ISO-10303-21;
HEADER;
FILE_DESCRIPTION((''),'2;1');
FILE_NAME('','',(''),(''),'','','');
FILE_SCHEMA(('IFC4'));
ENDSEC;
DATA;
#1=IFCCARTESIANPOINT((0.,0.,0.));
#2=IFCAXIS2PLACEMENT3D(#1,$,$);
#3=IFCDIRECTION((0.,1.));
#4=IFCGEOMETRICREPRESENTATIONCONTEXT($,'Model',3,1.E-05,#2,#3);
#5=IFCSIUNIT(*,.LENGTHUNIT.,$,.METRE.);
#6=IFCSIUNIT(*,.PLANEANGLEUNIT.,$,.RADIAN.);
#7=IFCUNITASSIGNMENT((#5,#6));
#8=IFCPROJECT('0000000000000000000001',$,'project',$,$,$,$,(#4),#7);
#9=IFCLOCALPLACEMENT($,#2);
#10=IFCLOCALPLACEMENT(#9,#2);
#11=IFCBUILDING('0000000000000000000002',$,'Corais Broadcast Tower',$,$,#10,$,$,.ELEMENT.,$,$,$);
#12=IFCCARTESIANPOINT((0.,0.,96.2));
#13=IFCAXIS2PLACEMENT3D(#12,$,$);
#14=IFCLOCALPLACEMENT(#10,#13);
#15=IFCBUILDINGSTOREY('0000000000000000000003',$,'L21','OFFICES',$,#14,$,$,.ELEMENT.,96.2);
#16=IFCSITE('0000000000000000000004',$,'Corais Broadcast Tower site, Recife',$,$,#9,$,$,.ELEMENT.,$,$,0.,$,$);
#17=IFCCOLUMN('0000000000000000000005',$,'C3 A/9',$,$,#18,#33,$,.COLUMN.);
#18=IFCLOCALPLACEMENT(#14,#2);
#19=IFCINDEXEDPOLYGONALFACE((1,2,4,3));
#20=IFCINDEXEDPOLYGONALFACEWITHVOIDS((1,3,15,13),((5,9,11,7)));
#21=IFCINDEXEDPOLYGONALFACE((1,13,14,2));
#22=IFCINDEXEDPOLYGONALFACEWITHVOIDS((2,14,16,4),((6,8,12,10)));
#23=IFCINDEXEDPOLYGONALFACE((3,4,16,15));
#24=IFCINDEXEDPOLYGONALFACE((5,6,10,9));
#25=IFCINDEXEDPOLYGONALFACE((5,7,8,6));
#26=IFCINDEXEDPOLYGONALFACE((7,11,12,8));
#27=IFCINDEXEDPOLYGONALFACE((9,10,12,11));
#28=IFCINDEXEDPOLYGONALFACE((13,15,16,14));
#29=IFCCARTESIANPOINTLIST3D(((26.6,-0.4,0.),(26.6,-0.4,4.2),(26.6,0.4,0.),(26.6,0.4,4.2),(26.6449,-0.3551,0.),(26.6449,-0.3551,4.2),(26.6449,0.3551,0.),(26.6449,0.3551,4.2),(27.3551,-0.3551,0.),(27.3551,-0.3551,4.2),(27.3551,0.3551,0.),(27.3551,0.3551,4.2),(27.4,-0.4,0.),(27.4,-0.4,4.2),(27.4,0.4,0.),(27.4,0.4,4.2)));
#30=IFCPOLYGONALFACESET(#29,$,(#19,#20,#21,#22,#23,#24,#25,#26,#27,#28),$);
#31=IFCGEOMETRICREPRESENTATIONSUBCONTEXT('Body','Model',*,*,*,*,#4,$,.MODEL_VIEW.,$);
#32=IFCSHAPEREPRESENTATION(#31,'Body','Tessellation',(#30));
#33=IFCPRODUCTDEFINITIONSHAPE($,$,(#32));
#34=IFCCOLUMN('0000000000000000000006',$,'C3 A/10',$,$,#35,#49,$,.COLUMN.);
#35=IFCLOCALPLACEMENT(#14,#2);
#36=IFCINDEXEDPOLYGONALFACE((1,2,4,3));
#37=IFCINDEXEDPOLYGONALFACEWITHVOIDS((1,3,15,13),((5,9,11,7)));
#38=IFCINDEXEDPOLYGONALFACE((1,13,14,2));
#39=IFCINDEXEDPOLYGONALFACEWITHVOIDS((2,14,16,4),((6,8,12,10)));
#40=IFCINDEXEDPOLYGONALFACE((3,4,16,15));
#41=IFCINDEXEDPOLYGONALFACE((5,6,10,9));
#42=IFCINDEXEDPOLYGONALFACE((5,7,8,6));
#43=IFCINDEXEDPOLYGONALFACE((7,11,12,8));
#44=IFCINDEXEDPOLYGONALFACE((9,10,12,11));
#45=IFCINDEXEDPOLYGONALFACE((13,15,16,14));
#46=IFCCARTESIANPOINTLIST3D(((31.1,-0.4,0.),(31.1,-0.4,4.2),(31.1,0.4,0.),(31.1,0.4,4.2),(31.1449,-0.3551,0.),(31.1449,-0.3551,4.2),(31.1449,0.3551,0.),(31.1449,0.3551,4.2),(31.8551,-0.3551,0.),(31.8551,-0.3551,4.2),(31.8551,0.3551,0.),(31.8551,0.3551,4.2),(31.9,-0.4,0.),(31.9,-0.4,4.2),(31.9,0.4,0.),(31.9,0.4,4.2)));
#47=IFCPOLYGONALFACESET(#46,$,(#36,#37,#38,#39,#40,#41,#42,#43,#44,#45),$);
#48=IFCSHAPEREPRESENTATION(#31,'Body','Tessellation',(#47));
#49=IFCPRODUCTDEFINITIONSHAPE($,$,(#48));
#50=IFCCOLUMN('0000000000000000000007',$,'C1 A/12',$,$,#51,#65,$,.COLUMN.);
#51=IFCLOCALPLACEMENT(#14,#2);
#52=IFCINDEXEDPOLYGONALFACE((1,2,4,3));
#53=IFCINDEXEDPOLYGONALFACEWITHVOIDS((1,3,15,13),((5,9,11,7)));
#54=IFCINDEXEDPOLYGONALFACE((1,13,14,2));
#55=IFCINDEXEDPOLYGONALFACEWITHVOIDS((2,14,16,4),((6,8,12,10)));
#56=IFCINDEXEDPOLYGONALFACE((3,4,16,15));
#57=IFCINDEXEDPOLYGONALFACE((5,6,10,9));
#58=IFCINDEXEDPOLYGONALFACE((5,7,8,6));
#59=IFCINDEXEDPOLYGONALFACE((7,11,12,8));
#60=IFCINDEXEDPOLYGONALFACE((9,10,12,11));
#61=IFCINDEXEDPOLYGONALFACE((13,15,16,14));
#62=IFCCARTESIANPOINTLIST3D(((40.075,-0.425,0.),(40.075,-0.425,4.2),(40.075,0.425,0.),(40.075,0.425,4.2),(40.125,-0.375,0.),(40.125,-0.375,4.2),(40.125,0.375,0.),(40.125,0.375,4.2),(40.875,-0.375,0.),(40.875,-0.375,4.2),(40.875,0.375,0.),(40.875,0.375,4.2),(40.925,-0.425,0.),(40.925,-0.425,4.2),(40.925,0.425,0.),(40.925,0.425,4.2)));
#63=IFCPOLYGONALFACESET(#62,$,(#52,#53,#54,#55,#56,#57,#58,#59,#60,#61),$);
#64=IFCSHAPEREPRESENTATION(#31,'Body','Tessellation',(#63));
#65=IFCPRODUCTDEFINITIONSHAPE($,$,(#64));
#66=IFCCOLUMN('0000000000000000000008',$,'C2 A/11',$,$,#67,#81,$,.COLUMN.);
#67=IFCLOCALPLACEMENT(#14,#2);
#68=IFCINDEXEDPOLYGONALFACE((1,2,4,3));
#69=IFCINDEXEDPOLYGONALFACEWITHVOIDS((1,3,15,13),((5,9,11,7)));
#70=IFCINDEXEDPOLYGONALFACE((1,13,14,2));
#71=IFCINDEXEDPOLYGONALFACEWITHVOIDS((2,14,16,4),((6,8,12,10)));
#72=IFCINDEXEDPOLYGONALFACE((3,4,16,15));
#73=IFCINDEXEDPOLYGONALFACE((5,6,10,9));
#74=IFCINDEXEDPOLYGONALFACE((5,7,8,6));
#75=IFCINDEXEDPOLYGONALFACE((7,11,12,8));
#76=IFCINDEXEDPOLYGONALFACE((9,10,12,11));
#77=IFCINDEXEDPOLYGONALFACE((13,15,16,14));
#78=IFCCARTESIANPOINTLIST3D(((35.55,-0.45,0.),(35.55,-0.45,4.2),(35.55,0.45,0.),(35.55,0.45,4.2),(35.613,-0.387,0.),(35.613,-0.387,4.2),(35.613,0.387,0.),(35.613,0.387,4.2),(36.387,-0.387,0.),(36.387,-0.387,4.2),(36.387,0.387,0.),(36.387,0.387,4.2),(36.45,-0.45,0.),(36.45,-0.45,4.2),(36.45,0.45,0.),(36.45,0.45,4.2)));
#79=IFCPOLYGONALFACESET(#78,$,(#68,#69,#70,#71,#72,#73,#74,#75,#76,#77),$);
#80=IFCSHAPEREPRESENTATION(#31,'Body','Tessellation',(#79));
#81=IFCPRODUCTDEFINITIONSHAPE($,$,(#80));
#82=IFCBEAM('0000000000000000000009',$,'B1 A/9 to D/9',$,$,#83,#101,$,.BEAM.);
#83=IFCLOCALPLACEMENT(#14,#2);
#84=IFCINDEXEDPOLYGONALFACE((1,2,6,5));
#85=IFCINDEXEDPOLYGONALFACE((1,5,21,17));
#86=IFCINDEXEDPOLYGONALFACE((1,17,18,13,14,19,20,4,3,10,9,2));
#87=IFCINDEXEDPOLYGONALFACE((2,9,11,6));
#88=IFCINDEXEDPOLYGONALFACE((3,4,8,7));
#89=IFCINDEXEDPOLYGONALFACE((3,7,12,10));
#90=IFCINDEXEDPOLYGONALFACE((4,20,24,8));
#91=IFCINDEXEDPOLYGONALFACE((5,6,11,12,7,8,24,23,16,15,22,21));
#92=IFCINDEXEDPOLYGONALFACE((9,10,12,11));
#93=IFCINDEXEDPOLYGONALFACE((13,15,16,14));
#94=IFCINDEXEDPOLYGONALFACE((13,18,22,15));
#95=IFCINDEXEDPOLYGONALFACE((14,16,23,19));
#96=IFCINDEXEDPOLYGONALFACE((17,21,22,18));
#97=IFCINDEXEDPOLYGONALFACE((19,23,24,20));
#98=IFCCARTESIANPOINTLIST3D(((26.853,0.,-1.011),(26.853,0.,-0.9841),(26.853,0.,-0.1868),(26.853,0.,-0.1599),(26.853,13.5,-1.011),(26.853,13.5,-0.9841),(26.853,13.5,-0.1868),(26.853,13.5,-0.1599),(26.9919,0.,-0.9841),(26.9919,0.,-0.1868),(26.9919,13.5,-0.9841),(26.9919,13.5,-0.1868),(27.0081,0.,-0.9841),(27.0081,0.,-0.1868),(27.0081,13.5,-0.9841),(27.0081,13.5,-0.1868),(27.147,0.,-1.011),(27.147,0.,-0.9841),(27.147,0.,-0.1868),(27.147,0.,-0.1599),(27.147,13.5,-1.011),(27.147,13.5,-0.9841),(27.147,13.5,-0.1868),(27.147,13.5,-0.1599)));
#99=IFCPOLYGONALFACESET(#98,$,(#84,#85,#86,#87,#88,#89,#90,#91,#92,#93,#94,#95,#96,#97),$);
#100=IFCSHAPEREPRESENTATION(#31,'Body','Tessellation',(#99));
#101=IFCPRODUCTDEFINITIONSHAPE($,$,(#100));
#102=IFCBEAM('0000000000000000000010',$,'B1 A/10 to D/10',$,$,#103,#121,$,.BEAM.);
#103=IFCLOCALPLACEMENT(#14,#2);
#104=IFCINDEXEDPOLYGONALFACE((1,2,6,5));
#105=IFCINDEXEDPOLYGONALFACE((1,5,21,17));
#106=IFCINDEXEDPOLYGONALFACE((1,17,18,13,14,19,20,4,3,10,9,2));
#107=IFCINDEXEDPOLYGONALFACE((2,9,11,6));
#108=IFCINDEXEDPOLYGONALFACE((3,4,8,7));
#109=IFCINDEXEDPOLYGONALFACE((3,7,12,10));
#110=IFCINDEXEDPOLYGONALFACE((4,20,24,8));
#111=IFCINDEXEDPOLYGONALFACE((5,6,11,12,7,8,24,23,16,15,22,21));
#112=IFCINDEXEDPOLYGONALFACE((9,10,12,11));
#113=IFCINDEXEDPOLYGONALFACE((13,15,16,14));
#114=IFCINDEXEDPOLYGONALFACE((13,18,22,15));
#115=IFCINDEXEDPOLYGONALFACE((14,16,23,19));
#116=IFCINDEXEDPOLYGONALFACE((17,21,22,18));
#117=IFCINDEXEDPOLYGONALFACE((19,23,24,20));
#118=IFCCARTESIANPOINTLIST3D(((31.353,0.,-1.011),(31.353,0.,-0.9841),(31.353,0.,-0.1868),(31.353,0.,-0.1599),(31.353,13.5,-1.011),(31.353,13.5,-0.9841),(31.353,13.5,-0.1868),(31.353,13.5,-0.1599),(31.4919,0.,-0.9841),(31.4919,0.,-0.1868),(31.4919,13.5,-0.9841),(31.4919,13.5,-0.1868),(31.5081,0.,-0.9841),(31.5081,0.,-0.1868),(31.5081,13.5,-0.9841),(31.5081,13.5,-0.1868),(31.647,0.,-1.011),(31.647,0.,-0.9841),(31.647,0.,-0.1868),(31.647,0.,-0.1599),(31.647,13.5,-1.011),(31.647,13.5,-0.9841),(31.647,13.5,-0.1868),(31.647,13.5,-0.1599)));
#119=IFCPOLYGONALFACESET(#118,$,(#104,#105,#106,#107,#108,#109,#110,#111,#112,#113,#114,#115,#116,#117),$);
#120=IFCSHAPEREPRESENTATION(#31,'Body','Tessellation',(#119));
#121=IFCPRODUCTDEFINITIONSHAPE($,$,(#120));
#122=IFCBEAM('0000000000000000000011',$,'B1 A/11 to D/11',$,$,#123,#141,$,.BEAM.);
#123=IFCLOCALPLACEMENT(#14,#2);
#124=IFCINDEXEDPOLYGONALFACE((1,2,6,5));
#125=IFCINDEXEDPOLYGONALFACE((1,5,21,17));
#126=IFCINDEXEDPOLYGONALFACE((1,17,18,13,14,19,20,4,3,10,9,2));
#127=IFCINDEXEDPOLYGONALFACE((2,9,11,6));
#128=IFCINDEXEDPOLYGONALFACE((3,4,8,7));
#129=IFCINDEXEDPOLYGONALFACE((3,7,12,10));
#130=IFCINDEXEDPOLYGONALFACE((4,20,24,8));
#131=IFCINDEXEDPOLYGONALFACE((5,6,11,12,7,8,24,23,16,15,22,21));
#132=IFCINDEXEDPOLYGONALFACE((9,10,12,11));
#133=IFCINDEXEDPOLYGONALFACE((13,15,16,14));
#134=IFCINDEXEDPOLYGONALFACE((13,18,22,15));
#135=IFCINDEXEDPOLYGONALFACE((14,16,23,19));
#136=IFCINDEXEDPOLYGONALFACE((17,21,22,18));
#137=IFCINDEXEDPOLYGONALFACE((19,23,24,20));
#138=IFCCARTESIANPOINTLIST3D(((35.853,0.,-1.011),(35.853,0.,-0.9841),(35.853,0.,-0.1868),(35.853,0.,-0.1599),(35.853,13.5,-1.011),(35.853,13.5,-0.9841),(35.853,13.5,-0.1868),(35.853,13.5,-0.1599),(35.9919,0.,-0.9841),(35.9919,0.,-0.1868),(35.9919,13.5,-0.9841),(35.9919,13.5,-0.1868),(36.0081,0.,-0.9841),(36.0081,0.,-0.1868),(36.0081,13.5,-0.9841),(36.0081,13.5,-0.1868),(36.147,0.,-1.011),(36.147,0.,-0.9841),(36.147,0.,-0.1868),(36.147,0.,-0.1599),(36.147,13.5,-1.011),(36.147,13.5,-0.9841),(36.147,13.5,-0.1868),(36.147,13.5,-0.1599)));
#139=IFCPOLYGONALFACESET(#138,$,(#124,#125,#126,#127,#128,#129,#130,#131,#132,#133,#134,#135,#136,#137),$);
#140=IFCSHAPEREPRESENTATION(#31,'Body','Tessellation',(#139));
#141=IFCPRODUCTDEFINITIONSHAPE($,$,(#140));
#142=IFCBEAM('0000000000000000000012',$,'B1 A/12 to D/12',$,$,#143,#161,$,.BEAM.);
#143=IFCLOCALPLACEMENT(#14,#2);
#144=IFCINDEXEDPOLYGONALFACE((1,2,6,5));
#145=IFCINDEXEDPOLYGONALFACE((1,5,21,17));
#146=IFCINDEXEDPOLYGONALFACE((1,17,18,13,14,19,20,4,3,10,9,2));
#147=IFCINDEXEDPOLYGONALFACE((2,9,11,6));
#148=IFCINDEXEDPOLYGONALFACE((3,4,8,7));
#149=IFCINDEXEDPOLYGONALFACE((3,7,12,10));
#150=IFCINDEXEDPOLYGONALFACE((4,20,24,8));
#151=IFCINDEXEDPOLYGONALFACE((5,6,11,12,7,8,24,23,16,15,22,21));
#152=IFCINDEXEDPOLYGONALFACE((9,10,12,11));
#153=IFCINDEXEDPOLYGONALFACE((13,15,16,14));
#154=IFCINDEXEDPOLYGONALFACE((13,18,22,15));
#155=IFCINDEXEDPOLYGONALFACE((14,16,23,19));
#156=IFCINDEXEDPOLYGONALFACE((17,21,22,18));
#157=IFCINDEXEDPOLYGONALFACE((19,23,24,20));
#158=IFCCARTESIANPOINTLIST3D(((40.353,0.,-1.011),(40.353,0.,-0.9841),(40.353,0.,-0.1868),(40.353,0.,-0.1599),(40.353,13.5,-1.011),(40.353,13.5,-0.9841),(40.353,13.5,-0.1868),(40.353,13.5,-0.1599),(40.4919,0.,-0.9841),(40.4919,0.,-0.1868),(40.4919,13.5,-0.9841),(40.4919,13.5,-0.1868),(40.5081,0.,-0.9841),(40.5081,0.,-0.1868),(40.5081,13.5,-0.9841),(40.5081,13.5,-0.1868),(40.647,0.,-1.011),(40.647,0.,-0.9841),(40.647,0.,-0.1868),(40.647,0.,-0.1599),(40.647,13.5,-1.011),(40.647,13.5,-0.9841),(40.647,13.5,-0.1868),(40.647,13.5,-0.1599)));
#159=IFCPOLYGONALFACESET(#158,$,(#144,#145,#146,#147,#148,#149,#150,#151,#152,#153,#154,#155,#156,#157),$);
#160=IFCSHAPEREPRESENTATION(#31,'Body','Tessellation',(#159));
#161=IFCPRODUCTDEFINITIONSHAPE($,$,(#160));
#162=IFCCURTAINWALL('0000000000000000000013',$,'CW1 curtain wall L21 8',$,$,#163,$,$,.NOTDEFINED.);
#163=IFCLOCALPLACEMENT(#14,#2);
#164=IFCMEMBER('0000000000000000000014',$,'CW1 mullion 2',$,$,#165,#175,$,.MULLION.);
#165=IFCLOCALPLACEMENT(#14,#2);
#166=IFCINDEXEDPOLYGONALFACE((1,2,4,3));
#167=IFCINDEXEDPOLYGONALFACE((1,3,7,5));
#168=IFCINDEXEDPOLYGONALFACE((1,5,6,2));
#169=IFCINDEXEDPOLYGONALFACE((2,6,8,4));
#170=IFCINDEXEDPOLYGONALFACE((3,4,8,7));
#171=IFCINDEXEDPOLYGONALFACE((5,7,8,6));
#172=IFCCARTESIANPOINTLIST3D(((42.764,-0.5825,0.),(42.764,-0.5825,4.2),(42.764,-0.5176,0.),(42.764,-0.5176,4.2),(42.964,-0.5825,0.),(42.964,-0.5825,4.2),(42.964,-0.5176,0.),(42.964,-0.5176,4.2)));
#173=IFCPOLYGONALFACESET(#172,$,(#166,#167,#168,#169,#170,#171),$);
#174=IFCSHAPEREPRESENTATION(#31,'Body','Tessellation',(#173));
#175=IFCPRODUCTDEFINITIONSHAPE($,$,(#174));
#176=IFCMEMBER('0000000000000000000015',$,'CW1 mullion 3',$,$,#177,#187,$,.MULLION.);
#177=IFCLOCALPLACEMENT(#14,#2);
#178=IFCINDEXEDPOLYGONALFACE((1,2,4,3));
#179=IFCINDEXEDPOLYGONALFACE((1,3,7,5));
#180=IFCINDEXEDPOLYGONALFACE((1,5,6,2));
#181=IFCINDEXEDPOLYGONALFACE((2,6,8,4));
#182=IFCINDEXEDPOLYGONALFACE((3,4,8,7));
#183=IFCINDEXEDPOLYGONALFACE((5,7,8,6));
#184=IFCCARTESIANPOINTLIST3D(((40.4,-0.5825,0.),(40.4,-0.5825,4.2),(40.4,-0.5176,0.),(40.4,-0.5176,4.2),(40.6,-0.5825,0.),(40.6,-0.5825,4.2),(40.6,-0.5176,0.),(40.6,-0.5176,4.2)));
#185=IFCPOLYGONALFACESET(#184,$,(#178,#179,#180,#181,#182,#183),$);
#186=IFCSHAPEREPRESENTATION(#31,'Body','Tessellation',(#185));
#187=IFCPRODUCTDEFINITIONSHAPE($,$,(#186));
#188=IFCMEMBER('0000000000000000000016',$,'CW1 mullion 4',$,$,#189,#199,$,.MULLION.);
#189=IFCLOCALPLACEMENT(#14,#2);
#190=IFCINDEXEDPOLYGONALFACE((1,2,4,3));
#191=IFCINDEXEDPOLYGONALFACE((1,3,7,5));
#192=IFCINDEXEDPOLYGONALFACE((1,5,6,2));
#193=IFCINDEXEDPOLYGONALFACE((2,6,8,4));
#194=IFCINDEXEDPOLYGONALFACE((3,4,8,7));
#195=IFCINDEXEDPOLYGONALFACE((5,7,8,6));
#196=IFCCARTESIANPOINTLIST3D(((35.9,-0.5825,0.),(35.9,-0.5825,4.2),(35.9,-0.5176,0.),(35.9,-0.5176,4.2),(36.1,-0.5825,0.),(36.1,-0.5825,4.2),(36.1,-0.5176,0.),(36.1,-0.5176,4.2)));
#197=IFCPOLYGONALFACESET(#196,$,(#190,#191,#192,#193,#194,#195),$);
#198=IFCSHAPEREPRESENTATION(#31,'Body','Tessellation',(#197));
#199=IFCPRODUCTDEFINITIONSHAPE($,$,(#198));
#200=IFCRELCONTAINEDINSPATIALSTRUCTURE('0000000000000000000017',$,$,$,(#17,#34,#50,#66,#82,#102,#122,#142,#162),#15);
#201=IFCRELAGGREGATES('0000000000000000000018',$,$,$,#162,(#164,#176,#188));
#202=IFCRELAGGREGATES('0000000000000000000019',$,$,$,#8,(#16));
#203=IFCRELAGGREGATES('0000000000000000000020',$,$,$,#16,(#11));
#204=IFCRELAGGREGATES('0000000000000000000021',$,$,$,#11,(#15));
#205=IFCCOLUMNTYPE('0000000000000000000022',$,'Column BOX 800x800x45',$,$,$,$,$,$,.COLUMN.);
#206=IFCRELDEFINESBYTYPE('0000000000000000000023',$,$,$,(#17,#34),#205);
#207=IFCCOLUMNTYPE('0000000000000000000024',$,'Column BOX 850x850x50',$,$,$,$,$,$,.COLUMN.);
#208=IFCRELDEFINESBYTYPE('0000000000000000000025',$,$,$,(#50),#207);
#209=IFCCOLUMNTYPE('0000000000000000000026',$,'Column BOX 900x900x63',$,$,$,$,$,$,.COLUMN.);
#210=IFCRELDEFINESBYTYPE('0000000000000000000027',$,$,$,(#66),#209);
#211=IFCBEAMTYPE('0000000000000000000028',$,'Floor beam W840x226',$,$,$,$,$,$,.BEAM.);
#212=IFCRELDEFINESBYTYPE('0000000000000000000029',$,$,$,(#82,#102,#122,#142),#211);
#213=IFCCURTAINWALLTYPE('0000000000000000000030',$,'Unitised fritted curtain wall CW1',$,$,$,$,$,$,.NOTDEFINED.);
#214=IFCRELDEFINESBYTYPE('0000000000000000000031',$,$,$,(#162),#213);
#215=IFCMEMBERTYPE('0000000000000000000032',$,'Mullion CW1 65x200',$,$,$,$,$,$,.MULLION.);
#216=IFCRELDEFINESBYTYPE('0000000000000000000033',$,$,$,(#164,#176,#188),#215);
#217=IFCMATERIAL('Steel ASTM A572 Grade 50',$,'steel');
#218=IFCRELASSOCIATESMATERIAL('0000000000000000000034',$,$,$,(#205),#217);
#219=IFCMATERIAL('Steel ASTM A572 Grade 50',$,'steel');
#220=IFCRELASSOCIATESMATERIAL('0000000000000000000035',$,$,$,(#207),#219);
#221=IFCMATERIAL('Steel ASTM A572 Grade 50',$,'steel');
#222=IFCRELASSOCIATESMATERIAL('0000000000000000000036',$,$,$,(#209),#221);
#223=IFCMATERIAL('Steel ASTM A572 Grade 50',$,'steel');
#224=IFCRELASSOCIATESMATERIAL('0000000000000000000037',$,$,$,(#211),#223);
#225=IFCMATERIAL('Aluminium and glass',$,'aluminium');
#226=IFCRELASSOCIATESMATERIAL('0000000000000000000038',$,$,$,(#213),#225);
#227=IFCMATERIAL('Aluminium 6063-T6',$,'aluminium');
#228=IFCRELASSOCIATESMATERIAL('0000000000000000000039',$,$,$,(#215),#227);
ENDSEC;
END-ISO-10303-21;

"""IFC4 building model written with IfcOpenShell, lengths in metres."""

from ifc_helpers import new_model, si_unit, direction, frame, origin, origin_2d, place, context, subcontext, project, spatial, rectangle, hollow_rectangle, i_section, extrude, material, material_profile, profile_set, type_object, element, aggregate, save


model = new_model("IFC4")

# Units and contexts
model_context = context("Model", 3, precision=1e-05, world=origin(), true_north=direction((0.0, 1.0)))
body_context = subcontext(model_context, "Body", "Model", "MODEL_VIEW")
ifc_project = project(units=[si_unit("LENGTHUNIT", "METRE"), si_unit("PLANEANGLEUNIT", "RADIAN")], contexts=[model_context])

# Site, building, storey
site_placement = place(None, origin())
site = spatial("IfcSite", under=ifc_project, at=site_placement, Name="Corais Broadcast Tower site, Recife", CompositionType="ELEMENT", RefElevation=0.0)
building_placement = place(site_placement, origin())
building = spatial("IfcBuilding", under=site, at=building_placement, Name="Corais Broadcast Tower", CompositionType="ELEMENT")
storey_placement = place(building_placement, frame((0.0, 0.0, 96.2)))
storey = spatial("IfcBuildingStorey", under=building, at=storey_placement, Name="L21", Description="OFFICES", CompositionType="ELEMENT", Elevation=96.2)

# Columns
ifc_material_1 = material(Name="Steel ASTM A572 Grade 50", Category="steel")
ifc_material_profile_1 = material_profile(ifc_material_1, hollow_rectangle(XDim=0.8, YDim=0.8, WallThickness=0.0449, at=origin_2d()), Name="BOX 800x800x45")
ifc_profile_set_1 = profile_set([ifc_material_profile_1], Name="Steel ASTM A572 Grade 50")
column_type_1 = type_object("IfcColumnType", Name="Column BOX 800x800x45", PredefinedType="COLUMN", material=ifc_profile_set_1)
for number, where, z_axis, x_axis, name in (
    (1, (27.0, 0.0, 0.0), (0.0, 0.0, 1.0), (1.0, 0.0, 0.0), "C3 A/9"),
    (2, (31.5, 0.0, 0.0), (0.0, 0.0, 1.0), (1.0, 0.0, 0.0), "C3 A/10"),
):
    element("IfcColumn", number, at=place(storey_placement, frame(where, z_axis=z_axis, x_axis=x_axis)), inside=storey, type_object=column_type_1, Name=name, PredefinedType="COLUMN", context=body_context, shape_type="SweptSolid", body=[
        extrude(hollow_rectangle(XDim=0.8, YDim=0.8, WallThickness=0.0449, at=origin_2d()), origin(), (0.0, 0.0, 1.0), 4.2),
    ])
ifc_material_2 = material(Name="Steel ASTM A572 Grade 50", Category="steel")
ifc_material_profile_2 = material_profile(ifc_material_2, hollow_rectangle(XDim=0.8501, YDim=0.8501, WallThickness=0.05, at=origin_2d()), Name="BOX 850x850x50")
ifc_profile_set_2 = profile_set([ifc_material_profile_2], Name="Steel ASTM A572 Grade 50")
column_type_2 = type_object("IfcColumnType", Name="Column BOX 850x850x50", PredefinedType="COLUMN", material=ifc_profile_set_2)
column_1_placement = place(storey_placement, frame((40.5, 0.0, 0.0), z_axis=(0.0, 0.0, 1.0), x_axis=(1.0, 0.0, 0.0)))
element("IfcColumn", 3, at=column_1_placement, inside=storey, type_object=column_type_2, Name="C1 A/12", PredefinedType="COLUMN", context=body_context, shape_type="SweptSolid", body=[
    extrude(hollow_rectangle(XDim=0.8501, YDim=0.8501, WallThickness=0.05, at=origin_2d()), origin(), (0.0, 0.0, 1.0), 4.2),
])
ifc_material_3 = material(Name="Steel ASTM A572 Grade 50", Category="steel")
ifc_material_profile_3 = material_profile(ifc_material_3, hollow_rectangle(XDim=0.8999, YDim=0.8999, WallThickness=0.063, at=origin_2d()), Name="BOX 900x900x63")
ifc_profile_set_3 = profile_set([ifc_material_profile_3], Name="Steel ASTM A572 Grade 50")
column_type_3 = type_object("IfcColumnType", Name="Column BOX 900x900x63", PredefinedType="COLUMN", material=ifc_profile_set_3)
column_2_placement = place(storey_placement, frame((36.0, 0.0, 0.0), z_axis=(0.0, 0.0, 1.0), x_axis=(1.0, 0.0, 0.0)))
element("IfcColumn", 4, at=column_2_placement, inside=storey, type_object=column_type_3, Name="C2 A/11", PredefinedType="COLUMN", context=body_context, shape_type="SweptSolid", body=[
    extrude(hollow_rectangle(XDim=0.8999, YDim=0.8999, WallThickness=0.063, at=origin_2d()), origin(), (0.0, 0.0, 1.0), 4.2),
])

# Beams
ifc_material_4 = material(Name="Steel ASTM A572 Grade 50", Category="steel")
ifc_material_profile_4 = material_profile(ifc_material_4, i_section(OverallWidth=0.2939, OverallDepth=0.8511, WebThickness=0.0161, FlangeThickness=0.0269, at=origin_2d()), Name="W840x226")
ifc_profile_set_4 = profile_set([ifc_material_profile_4], Name="Steel ASTM A572 Grade 50")
beam_type_1 = type_object("IfcBeamType", Name="Floor beam W840x226", PredefinedType="BEAM", material=ifc_profile_set_4)
for number, where, z_axis, x_axis, name in (
    (5, (27.0, 0.0, -0.5854), (0.0, 1.0, 0.0), (-1.0, 0.0, 0.0), "B1 A/9 to D/9"),
    (6, (31.5, 0.0, -0.5854), (0.0, 1.0, 0.0), (-1.0, 0.0, 0.0), "B1 A/10 to D/10"),
    (7, (36.0, 0.0, -0.5854), (0.0, 1.0, 0.0), (-1.0, 0.0, 0.0), "B1 A/11 to D/11"),
    (8, (40.5, 0.0, -0.5854), (0.0, 1.0, 0.0), (-1.0, 0.0, 0.0), "B1 A/12 to D/12"),
):
    element("IfcBeam", number, at=place(storey_placement, frame(where, z_axis=z_axis, x_axis=x_axis)), inside=storey, type_object=beam_type_1, Name=name, PredefinedType="BEAM", context=body_context, shape_type="SweptSolid", body=[
        extrude(i_section(OverallWidth=0.2939, OverallDepth=0.8511, WebThickness=0.0161, FlangeThickness=0.0269, at=origin_2d()), origin(), (0.0, 0.0, 1.0), 13.5),
    ])

# Curtain wall, members
ifc_material_5 = material(Name="Aluminium and glass", Category="aluminium")
curtain_wall_type = type_object("IfcCurtainWallType", Name="Unitised fritted curtain wall CW1", PredefinedType="NOTDEFINED", material=ifc_material_5)
curtain_wall_placement = place(storey_placement, origin())
curtain_wall = element("IfcCurtainWall", 9, at=curtain_wall_placement, inside=storey, type_object=curtain_wall_type, Name="CW1 curtain wall L21 8", PredefinedType="NOTDEFINED")
ifc_material_6 = material(Name="Aluminium 6063-T6", Category="aluminium")
ifc_material_profile_5 = material_profile(ifc_material_6, rectangle(XDim=0.0649, YDim=0.2, at=origin_2d()), Name="Mullion CW1 65x200")
ifc_profile_set_5 = profile_set([ifc_material_profile_5], Name="Aluminium 6063-T6")
member_type_1 = type_object("IfcMemberType", Name="Mullion CW1 65x200", PredefinedType="MULLION", material=ifc_profile_set_5)
member_1_placement = place(storey_placement, frame((42.864, -0.55, 0.0), z_axis=(0.0, 0.0, 1.0), x_axis=(0.0, -1.0, 0.0)))
member_1 = element("IfcMember", 10, at=member_1_placement, type_object=member_type_1, Name="CW1 mullion 2", PredefinedType="MULLION", context=body_context, shape_type="SweptSolid", body=[
    extrude(rectangle(XDim=0.0649, YDim=0.2, at=origin_2d()), origin(), (0.0, 0.0, 1.0), 4.2),
])
member_2_placement = place(storey_placement, frame((40.5, -0.55, 0.0), z_axis=(0.0, 0.0, 1.0), x_axis=(0.0, -1.0, 0.0)))
member_2 = element("IfcMember", 11, at=member_2_placement, type_object=member_type_1, Name="CW1 mullion 3", PredefinedType="MULLION", context=body_context, shape_type="SweptSolid", body=[
    extrude(rectangle(XDim=0.0649, YDim=0.2, at=origin_2d()), origin(), (0.0, 0.0, 1.0), 4.2),
])
member_3_placement = place(storey_placement, frame((36.0, -0.55, 0.0), z_axis=(0.0, 0.0, 1.0), x_axis=(0.0, -1.0, 0.0)))
member_3 = element("IfcMember", 12, at=member_3_placement, type_object=member_type_1, Name="CW1 mullion 4", PredefinedType="MULLION", context=body_context, shape_type="SweptSolid", body=[
    extrude(rectangle(XDim=0.0649, YDim=0.2, at=origin_2d()), origin(), (0.0, 0.0, 1.0), 4.2),
])

aggregate(curtain_wall, [member_1, member_2, member_3])

save(model, "model.ifc")
